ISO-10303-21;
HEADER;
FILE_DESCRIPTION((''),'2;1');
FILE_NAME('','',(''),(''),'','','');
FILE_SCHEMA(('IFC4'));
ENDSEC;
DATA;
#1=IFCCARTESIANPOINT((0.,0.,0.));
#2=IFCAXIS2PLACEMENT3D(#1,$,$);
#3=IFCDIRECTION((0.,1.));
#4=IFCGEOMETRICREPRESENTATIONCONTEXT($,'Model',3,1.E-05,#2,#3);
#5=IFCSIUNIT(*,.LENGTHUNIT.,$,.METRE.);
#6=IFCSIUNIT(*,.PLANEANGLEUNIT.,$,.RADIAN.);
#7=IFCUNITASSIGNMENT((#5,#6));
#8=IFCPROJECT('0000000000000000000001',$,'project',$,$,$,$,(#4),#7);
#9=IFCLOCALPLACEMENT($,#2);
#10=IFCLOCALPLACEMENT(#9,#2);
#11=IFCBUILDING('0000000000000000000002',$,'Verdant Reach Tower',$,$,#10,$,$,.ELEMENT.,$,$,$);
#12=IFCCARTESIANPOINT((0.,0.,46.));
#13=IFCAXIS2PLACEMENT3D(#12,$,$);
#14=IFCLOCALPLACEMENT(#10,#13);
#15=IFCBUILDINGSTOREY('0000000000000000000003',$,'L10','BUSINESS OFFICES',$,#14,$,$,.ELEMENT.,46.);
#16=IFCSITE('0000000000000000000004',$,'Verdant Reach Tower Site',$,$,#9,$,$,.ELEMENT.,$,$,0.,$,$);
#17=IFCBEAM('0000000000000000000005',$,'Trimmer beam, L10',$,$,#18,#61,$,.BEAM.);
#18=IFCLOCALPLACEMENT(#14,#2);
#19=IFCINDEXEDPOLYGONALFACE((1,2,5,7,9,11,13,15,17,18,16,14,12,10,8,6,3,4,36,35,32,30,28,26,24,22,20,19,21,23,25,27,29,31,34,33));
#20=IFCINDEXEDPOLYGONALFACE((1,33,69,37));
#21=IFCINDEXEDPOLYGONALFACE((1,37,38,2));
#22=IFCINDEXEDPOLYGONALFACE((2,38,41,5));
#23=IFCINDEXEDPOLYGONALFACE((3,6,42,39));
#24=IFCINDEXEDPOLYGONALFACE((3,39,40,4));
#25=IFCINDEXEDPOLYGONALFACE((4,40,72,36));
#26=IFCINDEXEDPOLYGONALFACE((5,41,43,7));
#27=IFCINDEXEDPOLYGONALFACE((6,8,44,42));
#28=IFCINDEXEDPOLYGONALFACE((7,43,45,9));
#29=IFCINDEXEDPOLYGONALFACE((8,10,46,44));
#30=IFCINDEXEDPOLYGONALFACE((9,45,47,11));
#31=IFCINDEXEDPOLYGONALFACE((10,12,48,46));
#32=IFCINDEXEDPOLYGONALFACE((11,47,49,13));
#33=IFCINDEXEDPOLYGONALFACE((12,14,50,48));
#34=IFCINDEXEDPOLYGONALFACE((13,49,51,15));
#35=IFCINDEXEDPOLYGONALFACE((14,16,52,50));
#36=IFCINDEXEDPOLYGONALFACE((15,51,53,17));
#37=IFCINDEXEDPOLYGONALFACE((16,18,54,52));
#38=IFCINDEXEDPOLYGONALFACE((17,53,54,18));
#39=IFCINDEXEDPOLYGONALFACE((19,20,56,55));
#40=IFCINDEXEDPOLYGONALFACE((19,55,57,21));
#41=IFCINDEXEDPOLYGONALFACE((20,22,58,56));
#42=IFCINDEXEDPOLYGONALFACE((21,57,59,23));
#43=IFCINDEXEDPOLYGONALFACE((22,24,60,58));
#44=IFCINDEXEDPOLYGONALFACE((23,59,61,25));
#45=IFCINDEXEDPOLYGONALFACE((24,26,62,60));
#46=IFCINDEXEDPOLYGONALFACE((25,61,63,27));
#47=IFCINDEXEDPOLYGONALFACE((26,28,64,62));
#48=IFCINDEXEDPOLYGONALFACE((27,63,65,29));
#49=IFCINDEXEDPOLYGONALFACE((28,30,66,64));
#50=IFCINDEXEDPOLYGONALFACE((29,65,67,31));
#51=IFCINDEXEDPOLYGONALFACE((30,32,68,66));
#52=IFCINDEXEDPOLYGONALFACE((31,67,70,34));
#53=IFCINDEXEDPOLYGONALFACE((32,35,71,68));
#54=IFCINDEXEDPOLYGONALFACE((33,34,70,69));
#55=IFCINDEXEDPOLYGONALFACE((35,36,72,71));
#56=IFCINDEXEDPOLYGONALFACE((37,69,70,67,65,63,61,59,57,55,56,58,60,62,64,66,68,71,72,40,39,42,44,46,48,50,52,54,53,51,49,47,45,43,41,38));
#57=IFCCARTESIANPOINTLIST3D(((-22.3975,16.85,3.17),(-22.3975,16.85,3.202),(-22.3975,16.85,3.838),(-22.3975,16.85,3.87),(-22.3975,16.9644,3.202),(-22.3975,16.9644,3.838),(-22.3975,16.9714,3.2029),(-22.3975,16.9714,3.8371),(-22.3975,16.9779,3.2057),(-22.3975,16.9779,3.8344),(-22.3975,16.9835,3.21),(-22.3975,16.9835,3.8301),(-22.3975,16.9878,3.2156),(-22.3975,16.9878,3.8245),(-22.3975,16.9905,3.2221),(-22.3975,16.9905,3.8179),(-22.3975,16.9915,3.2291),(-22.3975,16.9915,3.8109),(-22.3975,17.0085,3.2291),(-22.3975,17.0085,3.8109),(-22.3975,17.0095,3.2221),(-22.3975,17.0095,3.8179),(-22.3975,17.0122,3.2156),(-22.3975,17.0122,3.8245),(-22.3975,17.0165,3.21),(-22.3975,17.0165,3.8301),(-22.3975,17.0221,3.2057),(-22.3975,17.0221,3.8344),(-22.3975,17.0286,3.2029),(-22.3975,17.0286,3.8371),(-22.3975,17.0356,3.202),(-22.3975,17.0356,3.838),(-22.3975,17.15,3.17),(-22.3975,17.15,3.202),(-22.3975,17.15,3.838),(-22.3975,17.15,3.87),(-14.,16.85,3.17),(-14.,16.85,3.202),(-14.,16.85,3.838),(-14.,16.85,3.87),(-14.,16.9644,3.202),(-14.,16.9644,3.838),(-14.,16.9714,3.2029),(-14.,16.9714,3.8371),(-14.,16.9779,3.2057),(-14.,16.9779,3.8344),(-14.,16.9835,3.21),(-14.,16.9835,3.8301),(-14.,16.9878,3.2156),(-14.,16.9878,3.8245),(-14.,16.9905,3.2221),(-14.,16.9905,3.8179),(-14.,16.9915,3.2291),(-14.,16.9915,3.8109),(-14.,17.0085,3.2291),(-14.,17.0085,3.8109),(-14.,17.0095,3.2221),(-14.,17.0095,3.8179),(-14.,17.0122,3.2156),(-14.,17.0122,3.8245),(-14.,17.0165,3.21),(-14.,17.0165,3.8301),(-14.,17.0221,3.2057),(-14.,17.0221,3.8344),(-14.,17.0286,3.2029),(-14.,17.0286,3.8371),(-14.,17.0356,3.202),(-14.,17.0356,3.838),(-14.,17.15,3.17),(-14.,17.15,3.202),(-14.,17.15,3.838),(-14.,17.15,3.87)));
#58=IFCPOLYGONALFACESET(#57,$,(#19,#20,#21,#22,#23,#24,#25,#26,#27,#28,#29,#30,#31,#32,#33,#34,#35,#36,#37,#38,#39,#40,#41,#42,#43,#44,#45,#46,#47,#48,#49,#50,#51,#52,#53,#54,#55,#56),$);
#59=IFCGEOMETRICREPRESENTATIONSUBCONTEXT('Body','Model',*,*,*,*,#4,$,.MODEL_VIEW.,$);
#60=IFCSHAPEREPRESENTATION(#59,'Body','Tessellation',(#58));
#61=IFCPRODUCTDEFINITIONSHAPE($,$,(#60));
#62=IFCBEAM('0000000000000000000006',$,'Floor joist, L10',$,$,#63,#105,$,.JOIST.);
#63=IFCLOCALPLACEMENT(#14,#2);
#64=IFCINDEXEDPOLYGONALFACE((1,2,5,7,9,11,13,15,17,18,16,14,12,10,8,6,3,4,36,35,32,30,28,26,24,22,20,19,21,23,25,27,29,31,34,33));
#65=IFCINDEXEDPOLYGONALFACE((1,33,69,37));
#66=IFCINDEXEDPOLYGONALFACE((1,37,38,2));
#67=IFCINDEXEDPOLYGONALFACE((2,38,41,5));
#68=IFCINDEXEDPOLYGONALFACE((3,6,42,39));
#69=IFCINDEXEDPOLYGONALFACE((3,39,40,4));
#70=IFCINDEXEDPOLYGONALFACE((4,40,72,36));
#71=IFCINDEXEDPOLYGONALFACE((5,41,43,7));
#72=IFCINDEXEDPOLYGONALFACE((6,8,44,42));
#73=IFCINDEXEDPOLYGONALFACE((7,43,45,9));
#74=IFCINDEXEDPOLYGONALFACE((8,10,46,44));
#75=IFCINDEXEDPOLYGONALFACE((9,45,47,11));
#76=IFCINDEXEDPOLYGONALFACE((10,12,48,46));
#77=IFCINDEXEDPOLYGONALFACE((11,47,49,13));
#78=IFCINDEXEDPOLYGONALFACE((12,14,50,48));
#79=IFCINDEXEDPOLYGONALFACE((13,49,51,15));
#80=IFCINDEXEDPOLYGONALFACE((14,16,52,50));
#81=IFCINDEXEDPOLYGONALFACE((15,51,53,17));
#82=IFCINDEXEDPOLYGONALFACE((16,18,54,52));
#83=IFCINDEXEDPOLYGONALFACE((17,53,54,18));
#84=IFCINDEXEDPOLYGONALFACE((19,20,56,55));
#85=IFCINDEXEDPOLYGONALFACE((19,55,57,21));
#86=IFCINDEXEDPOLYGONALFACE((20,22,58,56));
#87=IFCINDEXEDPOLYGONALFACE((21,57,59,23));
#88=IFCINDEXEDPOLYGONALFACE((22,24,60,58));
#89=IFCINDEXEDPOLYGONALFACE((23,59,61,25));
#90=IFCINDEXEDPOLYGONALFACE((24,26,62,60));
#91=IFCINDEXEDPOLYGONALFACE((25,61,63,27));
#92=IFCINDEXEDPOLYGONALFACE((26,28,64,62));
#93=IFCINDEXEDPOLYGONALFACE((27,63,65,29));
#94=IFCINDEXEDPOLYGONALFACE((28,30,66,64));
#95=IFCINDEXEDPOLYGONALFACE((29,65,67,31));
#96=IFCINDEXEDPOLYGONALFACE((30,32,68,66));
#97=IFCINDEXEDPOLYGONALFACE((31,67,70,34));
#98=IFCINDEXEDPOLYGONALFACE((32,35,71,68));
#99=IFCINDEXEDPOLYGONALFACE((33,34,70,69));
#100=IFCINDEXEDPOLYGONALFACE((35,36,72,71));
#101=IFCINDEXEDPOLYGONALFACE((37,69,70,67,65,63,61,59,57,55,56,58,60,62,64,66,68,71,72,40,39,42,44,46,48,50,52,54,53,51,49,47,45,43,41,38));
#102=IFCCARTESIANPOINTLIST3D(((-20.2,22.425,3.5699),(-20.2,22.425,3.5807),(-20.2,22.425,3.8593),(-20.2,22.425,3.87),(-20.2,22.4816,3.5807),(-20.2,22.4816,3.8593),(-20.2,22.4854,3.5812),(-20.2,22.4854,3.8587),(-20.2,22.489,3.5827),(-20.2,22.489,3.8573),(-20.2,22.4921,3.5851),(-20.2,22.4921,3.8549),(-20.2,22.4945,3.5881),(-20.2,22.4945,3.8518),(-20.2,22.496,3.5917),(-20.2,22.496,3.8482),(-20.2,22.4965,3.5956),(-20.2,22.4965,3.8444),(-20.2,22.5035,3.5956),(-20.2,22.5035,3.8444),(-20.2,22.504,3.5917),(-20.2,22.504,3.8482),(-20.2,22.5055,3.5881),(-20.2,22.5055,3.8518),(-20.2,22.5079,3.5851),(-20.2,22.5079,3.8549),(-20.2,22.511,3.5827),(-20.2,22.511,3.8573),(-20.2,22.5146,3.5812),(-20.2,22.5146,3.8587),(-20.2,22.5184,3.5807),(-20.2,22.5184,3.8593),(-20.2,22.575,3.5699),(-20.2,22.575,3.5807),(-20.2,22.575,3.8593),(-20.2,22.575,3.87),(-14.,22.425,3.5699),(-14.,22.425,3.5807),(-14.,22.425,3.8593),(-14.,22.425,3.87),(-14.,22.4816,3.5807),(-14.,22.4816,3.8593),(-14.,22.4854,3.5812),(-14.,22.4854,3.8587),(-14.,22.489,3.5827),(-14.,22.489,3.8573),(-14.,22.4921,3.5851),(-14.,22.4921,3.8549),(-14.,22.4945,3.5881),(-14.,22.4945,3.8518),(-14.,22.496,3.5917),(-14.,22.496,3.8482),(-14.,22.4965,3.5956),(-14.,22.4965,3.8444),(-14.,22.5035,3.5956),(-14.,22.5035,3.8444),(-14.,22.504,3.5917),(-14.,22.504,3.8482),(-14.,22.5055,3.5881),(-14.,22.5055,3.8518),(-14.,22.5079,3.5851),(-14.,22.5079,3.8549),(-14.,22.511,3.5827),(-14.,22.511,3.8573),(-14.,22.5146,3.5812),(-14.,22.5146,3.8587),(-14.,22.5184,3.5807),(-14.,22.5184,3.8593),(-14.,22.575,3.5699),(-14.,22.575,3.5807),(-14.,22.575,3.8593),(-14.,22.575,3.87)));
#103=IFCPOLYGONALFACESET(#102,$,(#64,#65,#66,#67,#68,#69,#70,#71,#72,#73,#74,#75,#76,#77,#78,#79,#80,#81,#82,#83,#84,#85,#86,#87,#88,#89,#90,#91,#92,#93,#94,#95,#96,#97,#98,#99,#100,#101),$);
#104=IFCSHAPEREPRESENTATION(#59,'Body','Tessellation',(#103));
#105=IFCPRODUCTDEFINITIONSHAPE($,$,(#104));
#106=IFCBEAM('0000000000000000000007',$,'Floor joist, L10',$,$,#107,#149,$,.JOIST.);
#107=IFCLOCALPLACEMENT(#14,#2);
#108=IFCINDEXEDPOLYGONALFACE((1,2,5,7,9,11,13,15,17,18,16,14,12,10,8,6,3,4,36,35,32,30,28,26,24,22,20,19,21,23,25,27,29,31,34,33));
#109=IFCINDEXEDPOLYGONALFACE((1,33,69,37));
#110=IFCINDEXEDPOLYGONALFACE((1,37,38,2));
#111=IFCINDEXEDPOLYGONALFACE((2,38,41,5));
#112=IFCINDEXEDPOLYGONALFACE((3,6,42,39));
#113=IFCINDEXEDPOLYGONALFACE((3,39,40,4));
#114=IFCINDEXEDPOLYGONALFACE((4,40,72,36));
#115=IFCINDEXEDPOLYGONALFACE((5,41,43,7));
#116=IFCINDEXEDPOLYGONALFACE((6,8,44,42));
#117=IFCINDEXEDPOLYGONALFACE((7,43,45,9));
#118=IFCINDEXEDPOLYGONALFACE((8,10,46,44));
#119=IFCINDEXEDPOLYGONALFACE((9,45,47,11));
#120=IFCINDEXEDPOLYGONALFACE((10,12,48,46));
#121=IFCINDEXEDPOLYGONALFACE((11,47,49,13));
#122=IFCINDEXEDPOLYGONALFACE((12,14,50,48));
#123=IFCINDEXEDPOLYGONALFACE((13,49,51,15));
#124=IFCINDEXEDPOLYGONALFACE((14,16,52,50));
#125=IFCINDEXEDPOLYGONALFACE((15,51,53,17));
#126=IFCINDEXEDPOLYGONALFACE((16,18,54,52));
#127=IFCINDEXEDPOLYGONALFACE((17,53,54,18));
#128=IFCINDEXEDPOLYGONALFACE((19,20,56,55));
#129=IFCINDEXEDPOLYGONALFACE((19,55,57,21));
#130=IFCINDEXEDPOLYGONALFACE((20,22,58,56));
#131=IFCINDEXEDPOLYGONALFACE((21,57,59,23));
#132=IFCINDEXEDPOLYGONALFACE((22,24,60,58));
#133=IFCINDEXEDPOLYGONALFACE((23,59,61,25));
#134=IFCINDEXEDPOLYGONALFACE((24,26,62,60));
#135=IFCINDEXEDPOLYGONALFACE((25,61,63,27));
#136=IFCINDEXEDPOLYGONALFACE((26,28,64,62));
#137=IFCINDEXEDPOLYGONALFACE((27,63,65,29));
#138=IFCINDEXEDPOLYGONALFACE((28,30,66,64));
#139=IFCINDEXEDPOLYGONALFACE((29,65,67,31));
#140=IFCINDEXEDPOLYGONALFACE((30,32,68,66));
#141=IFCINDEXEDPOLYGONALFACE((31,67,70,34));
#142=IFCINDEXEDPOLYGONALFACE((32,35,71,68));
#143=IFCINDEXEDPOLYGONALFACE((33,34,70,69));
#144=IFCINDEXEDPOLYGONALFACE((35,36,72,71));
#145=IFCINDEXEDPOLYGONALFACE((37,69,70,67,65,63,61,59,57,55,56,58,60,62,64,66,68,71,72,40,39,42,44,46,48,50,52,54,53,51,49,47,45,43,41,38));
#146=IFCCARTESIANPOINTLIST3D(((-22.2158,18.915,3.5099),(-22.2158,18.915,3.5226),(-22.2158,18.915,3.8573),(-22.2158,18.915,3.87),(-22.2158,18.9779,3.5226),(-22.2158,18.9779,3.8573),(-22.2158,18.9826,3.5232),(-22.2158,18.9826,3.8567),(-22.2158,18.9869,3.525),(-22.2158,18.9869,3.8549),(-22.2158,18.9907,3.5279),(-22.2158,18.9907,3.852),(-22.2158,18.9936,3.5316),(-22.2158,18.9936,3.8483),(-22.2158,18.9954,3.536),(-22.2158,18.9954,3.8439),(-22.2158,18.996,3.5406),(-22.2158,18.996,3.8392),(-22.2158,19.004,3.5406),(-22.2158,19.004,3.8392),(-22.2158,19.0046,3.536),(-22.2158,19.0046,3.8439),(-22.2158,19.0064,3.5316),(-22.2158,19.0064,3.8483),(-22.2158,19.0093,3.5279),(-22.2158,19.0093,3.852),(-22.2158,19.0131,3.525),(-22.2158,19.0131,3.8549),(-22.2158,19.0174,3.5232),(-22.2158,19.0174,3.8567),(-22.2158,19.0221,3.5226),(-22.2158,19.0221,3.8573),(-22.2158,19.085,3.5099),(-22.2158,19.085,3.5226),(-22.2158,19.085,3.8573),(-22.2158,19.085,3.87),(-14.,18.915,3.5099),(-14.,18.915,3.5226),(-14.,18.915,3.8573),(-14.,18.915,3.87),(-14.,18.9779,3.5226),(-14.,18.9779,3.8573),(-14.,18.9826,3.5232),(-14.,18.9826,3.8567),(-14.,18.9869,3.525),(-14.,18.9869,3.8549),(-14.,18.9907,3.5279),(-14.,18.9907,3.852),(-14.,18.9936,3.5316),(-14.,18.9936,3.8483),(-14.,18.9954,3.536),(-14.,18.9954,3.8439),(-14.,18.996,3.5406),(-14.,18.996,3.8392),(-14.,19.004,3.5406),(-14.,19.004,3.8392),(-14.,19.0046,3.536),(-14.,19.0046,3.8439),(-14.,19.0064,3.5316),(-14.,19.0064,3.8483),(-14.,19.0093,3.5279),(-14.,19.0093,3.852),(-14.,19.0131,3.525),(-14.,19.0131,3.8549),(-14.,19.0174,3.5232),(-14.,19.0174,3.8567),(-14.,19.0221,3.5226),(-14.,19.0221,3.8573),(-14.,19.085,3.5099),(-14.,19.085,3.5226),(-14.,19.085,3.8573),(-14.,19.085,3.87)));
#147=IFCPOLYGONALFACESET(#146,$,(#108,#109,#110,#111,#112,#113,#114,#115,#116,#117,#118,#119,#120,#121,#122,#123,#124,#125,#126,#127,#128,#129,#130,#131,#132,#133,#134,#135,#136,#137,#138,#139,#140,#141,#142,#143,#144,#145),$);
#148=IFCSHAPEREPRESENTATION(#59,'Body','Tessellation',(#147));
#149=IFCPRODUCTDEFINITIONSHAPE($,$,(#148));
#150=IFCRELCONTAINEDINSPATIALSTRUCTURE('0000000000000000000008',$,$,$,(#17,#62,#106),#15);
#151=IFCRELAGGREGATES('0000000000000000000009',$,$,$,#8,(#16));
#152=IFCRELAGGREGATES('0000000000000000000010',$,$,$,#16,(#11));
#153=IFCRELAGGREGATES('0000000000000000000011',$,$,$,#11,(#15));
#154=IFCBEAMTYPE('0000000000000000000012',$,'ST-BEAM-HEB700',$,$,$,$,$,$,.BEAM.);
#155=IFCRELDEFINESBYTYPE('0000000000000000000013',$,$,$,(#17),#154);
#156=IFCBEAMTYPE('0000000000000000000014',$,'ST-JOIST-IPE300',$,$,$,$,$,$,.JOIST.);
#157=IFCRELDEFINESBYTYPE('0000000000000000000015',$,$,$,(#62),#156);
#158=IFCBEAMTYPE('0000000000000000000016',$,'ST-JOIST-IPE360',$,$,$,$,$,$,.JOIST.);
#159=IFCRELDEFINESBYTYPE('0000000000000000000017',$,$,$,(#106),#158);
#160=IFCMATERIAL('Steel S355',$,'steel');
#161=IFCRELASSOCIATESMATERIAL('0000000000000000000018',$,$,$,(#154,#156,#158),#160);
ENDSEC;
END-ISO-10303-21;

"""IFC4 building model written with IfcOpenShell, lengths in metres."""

from ifc_helpers import new_model, si_unit, direction, frame, origin, origin_2d, place, context, subcontext, project, spatial, i_section, extrude, material, material_profile, profile_set, type_object, element, save


model = new_model("IFC4")

# Units and contexts
model_context = context("Model", 3, precision=1e-05, world=origin(), true_north=direction((0.0, 1.0)))
body_context = subcontext(model_context, "Body", "Model", "MODEL_VIEW")
ifc_project = project(units=[si_unit("LENGTHUNIT", "METRE"), si_unit("PLANEANGLEUNIT", "RADIAN")], contexts=[model_context])

# Site, building, storey
site_placement = place(None, origin())
site = spatial("IfcSite", under=ifc_project, at=site_placement, Name="Verdant Reach Tower Site", CompositionType="ELEMENT", RefElevation=0.0)
building_placement = place(site_placement, origin())
building = spatial("IfcBuilding", under=site, at=building_placement, Name="Verdant Reach Tower", CompositionType="ELEMENT")
storey_placement = place(building_placement, frame((0.0, 0.0, 46.0)))
storey = spatial("IfcBuildingStorey", under=building, at=storey_placement, Name="L10", Description="BUSINESS OFFICES", CompositionType="ELEMENT", Elevation=46.0)

# Beams
ifc_material_1 = material(Name="Steel S355", Category="steel")
ifc_material_profile_1 = material_profile(ifc_material_1, i_section(OverallWidth=0.3, OverallDepth=0.7, WebThickness=0.0171, FlangeThickness=0.032, FilletRadius=0.0271, at=origin_2d()), Name="HEB 700")
ifc_profile_set_1 = profile_set([ifc_material_profile_1], Name="Steel S355")
beam_type_1 = type_object("IfcBeamType", Name="ST-BEAM-HEB700", PredefinedType="BEAM", material=ifc_profile_set_1)
beam_1_placement = place(storey_placement, frame((-14.0, 17.0, 3.52), z_axis=(-1.0, 0.0, 0.0), x_axis=(0.0, -1.0, 0.0)))
element("IfcBeam", 1, at=beam_1_placement, inside=storey, type_object=beam_type_1, Name="Trimmer beam, L10", PredefinedType="BEAM", context=body_context, shape_type="SweptSolid", body=[
    extrude(i_section(OverallWidth=0.3, OverallDepth=0.7, WebThickness=0.0171, FlangeThickness=0.032, FilletRadius=0.0271, at=origin_2d()), origin(), (0.0, 0.0, 1.0), 8.3975),
])
ifc_material_profile_2 = material_profile(ifc_material_1, i_section(OverallWidth=0.1499, OverallDepth=0.3, WebThickness=0.0071, FlangeThickness=0.0107, FilletRadius=0.0149, at=origin_2d()), Name="IPE 300")
ifc_profile_set_2 = profile_set([ifc_material_profile_2], Name="Steel S355")
beam_type_2 = type_object("IfcBeamType", Name="ST-JOIST-IPE300", PredefinedType="JOIST", material=ifc_profile_set_2)
beam_2_placement = place(storey_placement, frame((-14.0, 22.5, 3.72), z_axis=(-1.0, 0.0, 0.0), x_axis=(0.0, -1.0, 0.0)))
element("IfcBeam", 2, at=beam_2_placement, inside=storey, type_object=beam_type_2, Name="Floor joist, L10", PredefinedType="JOIST", context=body_context, shape_type="SweptSolid", body=[
    extrude(i_section(OverallWidth=0.1499, OverallDepth=0.3, WebThickness=0.0071, FlangeThickness=0.0107, FilletRadius=0.0149, at=origin_2d()), origin(), (0.0, 0.0, 1.0), 6.2),
])
ifc_material_profile_3 = material_profile(ifc_material_1, i_section(OverallWidth=0.1699, OverallDepth=0.3601, WebThickness=0.0081, FlangeThickness=0.0127, FilletRadius=0.0181, at=origin_2d()), Name="IPE 360")
ifc_profile_set_3 = profile_set([ifc_material_profile_3], Name="Steel S355")
beam_type_3 = type_object("IfcBeamType", Name="ST-JOIST-IPE360", PredefinedType="JOIST", material=ifc_profile_set_3)
beam_3_placement = place(storey_placement, frame((-14.0, 19.0, 3.6899), z_axis=(-1.0, 0.0, 0.0), x_axis=(0.0, -1.0, 0.0)))
element("IfcBeam", 3, at=beam_3_placement, inside=storey, type_object=beam_type_3, Name="Floor joist, L10", PredefinedType="JOIST", context=body_context, shape_type="SweptSolid", body=[
    extrude(i_section(OverallWidth=0.1699, OverallDepth=0.3601, WebThickness=0.0081, FlangeThickness=0.0127, FilletRadius=0.0181, at=origin_2d()), origin(), (0.0, 0.0, 1.0), 8.2158),
])

save(model, "model.ifc")
